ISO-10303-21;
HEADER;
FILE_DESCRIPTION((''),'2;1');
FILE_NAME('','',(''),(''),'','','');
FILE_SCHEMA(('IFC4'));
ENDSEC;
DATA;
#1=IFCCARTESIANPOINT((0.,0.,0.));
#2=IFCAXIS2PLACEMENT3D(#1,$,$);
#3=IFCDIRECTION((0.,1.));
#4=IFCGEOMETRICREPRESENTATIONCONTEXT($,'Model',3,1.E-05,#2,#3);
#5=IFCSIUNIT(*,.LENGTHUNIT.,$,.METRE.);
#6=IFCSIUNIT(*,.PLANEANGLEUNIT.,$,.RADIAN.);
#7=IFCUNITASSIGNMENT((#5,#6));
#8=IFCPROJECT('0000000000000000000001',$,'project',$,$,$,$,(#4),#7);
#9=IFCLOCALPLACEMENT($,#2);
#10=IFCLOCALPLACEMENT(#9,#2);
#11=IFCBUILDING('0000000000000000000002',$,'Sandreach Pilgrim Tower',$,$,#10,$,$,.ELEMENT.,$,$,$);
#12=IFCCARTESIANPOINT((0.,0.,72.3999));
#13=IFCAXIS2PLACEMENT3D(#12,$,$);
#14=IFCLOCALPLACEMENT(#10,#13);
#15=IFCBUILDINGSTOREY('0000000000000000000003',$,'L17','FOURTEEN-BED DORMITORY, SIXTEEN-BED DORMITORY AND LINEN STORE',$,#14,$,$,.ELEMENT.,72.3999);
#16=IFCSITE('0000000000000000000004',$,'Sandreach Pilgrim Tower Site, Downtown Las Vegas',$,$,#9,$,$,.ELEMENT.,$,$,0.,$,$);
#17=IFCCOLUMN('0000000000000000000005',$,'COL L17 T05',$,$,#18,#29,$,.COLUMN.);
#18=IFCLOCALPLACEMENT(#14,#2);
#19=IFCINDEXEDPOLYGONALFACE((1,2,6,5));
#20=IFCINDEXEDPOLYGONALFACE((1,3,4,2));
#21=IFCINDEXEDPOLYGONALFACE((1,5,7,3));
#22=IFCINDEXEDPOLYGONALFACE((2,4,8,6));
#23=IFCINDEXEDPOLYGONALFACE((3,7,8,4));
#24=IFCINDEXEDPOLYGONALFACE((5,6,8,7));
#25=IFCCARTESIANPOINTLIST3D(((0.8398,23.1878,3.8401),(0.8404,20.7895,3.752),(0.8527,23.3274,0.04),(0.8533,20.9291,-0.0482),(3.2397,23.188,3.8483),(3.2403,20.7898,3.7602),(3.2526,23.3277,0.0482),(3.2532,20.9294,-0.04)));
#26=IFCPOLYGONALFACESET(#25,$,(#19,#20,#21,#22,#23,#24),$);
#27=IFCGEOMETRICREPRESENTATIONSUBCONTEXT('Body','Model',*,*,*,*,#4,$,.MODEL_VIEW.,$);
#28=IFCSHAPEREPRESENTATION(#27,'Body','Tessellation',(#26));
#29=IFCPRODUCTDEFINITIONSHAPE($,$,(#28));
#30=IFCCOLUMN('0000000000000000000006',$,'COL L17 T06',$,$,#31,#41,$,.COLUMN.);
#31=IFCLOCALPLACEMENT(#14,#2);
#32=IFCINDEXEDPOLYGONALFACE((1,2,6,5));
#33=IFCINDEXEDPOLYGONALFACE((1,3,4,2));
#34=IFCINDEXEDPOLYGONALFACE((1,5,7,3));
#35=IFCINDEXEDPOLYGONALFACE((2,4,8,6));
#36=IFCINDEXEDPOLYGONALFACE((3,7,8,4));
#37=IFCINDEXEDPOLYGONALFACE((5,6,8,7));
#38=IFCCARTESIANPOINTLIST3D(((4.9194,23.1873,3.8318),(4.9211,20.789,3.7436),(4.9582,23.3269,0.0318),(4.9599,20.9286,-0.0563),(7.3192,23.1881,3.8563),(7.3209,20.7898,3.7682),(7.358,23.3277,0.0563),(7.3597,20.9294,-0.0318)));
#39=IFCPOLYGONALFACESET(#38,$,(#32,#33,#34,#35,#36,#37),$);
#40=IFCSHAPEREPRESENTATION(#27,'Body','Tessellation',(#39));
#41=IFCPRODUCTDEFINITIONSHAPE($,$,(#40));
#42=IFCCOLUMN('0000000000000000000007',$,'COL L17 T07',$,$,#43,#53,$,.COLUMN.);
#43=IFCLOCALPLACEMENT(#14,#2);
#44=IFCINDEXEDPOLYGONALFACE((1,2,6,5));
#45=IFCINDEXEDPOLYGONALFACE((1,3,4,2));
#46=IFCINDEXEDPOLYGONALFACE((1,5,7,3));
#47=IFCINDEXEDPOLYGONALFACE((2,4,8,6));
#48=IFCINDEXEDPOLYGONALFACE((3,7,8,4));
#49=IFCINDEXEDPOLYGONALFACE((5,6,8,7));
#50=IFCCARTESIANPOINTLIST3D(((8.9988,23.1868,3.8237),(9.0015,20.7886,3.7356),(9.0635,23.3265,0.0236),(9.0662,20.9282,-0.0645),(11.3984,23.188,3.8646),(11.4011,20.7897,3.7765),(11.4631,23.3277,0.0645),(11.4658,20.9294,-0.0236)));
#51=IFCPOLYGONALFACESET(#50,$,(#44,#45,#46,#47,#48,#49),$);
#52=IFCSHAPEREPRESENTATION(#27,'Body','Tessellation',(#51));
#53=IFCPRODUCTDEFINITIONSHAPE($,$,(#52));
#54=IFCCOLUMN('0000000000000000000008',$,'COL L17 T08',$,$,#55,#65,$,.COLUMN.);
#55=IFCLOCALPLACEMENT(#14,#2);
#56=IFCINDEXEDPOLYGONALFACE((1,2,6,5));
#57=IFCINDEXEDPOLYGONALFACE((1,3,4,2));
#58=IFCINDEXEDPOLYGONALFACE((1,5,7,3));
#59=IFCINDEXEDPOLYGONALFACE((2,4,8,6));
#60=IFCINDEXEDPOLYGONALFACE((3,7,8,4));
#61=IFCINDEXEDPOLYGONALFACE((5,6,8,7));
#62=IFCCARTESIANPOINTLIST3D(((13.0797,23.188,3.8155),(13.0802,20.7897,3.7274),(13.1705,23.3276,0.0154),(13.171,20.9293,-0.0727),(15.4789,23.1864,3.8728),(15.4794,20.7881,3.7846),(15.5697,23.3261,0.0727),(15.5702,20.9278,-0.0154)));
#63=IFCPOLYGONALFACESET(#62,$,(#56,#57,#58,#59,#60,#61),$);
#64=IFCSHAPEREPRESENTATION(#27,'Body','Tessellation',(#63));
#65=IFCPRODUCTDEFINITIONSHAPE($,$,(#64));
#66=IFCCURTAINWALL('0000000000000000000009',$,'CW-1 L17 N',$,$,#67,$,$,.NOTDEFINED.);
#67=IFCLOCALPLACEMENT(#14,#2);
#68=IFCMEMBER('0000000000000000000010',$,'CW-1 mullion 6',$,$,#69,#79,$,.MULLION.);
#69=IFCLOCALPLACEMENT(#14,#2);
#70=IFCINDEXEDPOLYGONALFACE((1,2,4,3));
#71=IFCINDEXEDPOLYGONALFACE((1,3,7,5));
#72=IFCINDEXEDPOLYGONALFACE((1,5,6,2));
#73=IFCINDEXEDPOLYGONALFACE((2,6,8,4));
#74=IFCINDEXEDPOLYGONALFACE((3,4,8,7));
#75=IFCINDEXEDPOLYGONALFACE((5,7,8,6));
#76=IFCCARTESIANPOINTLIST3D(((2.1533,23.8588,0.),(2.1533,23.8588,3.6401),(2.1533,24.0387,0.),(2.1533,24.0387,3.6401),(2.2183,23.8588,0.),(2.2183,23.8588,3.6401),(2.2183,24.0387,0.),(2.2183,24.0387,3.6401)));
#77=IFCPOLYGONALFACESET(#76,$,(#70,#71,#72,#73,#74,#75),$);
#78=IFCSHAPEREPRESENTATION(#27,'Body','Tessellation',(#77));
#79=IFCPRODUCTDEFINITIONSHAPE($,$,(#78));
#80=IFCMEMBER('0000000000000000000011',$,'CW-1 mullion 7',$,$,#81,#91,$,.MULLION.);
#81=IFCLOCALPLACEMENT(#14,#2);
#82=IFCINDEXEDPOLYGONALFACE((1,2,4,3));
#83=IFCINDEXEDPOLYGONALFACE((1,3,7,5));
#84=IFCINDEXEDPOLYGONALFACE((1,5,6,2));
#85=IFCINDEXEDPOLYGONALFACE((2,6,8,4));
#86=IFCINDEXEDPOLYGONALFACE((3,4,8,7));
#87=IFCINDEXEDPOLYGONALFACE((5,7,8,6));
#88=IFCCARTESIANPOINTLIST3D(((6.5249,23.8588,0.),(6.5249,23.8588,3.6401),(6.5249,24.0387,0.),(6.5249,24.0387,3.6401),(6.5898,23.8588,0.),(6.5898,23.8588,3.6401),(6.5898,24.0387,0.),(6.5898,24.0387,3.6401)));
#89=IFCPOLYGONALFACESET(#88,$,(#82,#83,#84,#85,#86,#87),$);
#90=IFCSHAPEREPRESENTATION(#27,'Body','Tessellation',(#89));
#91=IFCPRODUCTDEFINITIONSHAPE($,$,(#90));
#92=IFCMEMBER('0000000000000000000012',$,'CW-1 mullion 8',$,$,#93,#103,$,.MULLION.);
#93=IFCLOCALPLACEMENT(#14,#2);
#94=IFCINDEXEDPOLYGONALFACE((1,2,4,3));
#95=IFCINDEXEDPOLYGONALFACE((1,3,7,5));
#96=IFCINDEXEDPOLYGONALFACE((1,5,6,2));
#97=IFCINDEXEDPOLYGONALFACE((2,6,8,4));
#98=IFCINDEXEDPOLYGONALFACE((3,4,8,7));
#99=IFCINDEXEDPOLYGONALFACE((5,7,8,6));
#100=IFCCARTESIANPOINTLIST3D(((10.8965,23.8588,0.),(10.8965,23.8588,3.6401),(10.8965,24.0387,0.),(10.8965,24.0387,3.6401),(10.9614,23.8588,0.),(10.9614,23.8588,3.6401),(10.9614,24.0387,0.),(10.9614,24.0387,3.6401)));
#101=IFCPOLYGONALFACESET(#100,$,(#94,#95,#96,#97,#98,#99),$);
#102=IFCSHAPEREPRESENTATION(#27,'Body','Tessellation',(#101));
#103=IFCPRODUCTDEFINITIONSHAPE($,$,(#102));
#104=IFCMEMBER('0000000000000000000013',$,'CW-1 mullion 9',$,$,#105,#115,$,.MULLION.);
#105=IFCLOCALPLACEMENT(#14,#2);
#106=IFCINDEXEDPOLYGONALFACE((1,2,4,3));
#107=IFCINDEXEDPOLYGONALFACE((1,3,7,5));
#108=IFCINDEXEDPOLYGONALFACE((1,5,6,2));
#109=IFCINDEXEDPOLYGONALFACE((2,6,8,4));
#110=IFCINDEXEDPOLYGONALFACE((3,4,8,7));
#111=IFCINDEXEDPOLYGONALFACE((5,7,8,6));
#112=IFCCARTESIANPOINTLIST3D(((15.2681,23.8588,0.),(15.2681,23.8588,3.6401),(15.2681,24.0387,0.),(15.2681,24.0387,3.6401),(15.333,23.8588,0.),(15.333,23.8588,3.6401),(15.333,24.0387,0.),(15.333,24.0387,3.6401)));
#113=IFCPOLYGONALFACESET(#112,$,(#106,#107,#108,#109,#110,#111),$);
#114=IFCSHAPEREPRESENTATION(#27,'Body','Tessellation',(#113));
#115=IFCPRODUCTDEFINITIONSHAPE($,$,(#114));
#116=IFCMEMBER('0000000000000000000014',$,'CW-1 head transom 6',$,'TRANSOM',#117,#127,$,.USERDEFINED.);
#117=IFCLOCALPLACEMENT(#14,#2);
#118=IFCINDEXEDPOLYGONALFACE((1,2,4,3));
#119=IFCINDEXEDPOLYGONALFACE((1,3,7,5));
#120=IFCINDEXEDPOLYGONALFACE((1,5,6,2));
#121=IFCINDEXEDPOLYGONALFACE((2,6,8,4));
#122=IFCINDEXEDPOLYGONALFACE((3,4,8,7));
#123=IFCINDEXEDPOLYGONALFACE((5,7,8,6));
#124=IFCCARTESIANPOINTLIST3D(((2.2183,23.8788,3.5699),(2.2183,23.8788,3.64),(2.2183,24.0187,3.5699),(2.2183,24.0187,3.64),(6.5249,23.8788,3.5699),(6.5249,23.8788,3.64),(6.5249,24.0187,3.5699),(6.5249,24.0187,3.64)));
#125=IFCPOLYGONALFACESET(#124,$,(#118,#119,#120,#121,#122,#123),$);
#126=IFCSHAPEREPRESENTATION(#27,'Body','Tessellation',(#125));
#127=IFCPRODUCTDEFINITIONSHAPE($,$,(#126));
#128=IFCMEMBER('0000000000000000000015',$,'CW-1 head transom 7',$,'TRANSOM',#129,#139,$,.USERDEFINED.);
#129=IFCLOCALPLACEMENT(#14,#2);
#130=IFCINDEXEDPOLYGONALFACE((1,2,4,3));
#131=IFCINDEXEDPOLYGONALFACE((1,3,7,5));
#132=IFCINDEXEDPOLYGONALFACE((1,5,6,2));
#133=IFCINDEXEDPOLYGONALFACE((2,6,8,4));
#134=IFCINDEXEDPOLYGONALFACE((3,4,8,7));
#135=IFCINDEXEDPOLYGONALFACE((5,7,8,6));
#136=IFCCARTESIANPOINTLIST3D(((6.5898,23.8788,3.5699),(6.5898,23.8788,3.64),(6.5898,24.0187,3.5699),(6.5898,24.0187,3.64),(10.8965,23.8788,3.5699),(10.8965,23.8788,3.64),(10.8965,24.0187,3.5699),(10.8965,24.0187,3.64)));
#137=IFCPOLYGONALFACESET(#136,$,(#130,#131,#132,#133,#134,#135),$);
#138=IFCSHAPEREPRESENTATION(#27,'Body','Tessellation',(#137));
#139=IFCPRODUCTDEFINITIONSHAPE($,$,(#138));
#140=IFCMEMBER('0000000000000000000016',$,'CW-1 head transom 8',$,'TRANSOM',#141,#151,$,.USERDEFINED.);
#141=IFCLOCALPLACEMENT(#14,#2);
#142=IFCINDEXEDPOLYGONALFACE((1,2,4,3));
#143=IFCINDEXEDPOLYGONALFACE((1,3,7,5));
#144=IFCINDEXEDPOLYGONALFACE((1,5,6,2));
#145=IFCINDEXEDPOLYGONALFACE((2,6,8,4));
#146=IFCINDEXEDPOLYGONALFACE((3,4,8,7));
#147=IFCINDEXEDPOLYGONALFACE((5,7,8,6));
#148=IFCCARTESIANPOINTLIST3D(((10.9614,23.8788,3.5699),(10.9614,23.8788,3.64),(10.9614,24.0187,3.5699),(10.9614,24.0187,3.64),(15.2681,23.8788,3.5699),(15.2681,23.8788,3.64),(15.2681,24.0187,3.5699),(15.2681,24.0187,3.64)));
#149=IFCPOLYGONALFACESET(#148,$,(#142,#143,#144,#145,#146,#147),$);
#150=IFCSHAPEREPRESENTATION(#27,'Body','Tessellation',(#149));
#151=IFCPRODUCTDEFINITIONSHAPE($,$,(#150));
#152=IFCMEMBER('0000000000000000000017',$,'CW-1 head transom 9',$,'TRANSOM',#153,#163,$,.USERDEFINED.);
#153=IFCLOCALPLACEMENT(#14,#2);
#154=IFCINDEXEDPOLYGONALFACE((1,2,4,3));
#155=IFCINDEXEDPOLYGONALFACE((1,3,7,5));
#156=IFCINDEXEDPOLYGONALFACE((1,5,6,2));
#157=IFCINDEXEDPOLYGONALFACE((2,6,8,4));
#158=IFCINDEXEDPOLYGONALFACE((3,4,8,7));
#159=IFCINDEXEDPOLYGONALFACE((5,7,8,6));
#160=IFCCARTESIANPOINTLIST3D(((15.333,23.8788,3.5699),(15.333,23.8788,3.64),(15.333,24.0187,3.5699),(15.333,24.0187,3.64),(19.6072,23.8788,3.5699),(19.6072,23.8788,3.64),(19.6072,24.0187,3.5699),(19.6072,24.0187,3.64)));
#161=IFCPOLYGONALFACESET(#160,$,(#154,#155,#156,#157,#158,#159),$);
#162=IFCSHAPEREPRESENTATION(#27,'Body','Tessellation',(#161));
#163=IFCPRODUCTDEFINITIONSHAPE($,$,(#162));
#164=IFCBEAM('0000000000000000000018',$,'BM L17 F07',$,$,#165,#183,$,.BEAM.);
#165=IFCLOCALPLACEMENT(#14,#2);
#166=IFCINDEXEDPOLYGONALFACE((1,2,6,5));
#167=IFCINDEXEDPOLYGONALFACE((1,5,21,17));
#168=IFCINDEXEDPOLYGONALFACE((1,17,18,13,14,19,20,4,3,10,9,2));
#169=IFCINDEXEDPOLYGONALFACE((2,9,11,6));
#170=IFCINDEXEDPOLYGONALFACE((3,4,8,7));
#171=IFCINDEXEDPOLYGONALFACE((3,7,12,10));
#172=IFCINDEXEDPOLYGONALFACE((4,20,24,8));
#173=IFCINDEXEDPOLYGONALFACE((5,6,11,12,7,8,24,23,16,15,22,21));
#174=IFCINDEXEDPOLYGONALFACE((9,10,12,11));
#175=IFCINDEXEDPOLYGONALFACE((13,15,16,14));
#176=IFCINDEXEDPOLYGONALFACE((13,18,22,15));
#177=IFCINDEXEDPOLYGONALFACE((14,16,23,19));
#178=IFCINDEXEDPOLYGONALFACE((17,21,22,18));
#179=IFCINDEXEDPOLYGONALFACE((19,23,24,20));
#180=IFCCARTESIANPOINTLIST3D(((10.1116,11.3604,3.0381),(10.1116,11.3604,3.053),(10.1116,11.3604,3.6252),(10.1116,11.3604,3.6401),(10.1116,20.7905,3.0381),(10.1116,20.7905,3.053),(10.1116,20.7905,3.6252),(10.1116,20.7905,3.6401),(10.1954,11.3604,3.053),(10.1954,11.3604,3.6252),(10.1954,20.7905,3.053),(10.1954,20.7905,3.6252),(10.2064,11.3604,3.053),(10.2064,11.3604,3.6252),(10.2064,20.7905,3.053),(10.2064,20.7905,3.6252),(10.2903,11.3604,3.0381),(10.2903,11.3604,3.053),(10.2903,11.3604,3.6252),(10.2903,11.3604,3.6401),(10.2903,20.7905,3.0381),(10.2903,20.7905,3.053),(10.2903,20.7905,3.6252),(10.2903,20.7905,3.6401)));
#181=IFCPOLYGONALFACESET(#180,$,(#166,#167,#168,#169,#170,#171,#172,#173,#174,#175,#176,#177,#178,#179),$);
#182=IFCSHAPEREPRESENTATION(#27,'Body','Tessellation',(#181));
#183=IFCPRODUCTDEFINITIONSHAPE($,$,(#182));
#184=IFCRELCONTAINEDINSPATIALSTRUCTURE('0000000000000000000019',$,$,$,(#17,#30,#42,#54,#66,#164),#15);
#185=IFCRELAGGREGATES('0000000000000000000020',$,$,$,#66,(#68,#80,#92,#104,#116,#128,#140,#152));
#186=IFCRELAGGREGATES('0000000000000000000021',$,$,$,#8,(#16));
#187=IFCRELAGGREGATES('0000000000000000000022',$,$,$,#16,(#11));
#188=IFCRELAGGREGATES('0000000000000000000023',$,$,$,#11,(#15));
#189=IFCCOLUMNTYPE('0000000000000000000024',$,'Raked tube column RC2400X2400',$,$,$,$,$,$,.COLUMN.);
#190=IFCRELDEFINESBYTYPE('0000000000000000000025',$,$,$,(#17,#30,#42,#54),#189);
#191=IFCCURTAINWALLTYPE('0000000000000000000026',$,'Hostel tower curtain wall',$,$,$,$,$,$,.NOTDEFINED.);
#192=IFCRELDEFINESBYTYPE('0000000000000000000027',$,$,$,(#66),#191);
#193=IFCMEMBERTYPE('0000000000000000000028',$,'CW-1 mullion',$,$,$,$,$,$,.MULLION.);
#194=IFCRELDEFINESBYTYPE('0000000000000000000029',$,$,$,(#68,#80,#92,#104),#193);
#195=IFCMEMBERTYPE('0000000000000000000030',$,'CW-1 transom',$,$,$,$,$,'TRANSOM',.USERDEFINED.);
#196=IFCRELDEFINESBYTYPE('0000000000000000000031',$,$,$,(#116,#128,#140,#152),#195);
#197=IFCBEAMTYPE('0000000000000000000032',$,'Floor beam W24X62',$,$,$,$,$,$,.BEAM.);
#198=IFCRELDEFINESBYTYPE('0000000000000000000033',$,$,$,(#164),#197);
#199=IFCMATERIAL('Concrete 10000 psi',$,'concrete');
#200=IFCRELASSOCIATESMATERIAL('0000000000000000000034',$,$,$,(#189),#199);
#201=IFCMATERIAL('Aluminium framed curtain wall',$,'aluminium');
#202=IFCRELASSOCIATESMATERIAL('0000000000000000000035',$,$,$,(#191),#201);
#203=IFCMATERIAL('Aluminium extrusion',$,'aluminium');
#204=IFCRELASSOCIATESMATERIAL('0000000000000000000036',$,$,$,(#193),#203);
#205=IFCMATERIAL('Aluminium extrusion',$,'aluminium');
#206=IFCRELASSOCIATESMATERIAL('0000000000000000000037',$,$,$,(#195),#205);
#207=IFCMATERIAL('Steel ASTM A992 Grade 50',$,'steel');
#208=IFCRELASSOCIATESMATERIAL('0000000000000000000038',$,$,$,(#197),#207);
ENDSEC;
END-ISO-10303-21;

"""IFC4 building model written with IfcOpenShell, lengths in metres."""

from ifc_helpers import new_model, si_unit, direction, frame, origin, origin_2d, place, context, subcontext, project, spatial, rectangle, i_section, extrude, material, material_profile, profile_set, type_object, element, aggregate, save


model = new_model("IFC4")

# Units and contexts
model_context = context("Model", 3, precision=1e-05, world=origin(), true_north=direction((0.0, 1.0)))
body_context = subcontext(model_context, "Body", "Model", "MODEL_VIEW")
ifc_project = project(units=[si_unit("LENGTHUNIT", "METRE"), si_unit("PLANEANGLEUNIT", "RADIAN")], contexts=[model_context])

# Site, building, storey
site_placement = place(None, origin())
site = spatial("IfcSite", under=ifc_project, at=site_placement, Name="Sandreach Pilgrim Tower Site, Downtown Las Vegas", CompositionType="ELEMENT", RefElevation=0.0)
building_placement = place(site_placement, origin())
building = spatial("IfcBuilding", under=site, at=building_placement, Name="Sandreach Pilgrim Tower", CompositionType="ELEMENT")
storey_placement = place(building_placement, frame((0.0, 0.0, 72.3999)))
storey = spatial("IfcBuildingStorey", under=building, at=storey_placement, Name="L17", Description="FOURTEEN-BED DORMITORY, SIXTEEN-BED DORMITORY AND LINEN STORE", CompositionType="ELEMENT", Elevation=72.3999)

# Columns
ifc_material_1 = material(Name="Concrete 10000 psi", Category="concrete")
ifc_material_profile_1 = material_profile(ifc_material_1, rectangle(XDim=2.3999, YDim=2.3999, at=origin_2d()), Name="RC2400X2400")
ifc_profile_set_1 = profile_set([ifc_material_profile_1], Name="Concrete 10000 psi")
column_type = type_object("IfcColumnType", Name="Raked tube column RC2400X2400", PredefinedType="COLUMN", material=ifc_profile_set_1)
for number, where, z_axis, x_axis, name in (
    (1, (2.053, 22.1284, 0.0), (-0.003403, -0.036724, 0.99932), (-0.000242, 0.999325, 0.036724), "COL L17 T05"),
    (2, (6.1589, 22.1282, 0.0), (-0.010208, -0.036722, 0.999273), (-0.000705, 0.999325, 0.036717), "COL L17 T06"),
):
    element("IfcColumn", number, at=place(storey_placement, frame(where, z_axis=z_axis, x_axis=x_axis)), inside=storey, type_object=column_type, Name=name, PredefinedType="COLUMN", context=body_context, shape_type="SweptSolid", body=[
        extrude(rectangle(XDim=2.3999, YDim=2.3999, at=origin_2d()), origin(), (0.0, 0.0, 1.0), 3.8027),
    ])
column_1_placement = place(storey_placement, frame((10.2646, 22.1279, 0.0), z_axis=(-0.017011, -0.036719, 0.999181), x_axis=(-0.001112, 0.999326, 0.036705)))
element("IfcColumn", 3, at=column_1_placement, inside=storey, type_object=column_type, Name="COL L17 T07", PredefinedType="COLUMN", context=body_context, shape_type="SweptSolid", body=[
    extrude(rectangle(XDim=2.3999, YDim=2.3999, at=origin_2d()), origin(), (0.0, 0.0, 1.0), 3.8032),
])
column_2_placement = place(storey_placement, frame((14.3704, 22.1277, 0.0), z_axis=(-0.023877, -0.036714, 0.999041), x_axis=(-0.00023, 0.999326, 0.036719)))
element("IfcColumn", 4, at=column_2_placement, inside=storey, type_object=column_type, Name="COL L17 T08", PredefinedType="COLUMN", context=body_context, shape_type="SweptSolid", body=[
    extrude(rectangle(XDim=2.3999, YDim=2.3999, at=origin_2d()), origin(), (0.0, 0.0, 1.0), 3.8037),
])

# Curtain wall, members
ifc_material_2 = material(Name="Aluminium framed curtain wall", Category="aluminium")
curtain_wall_type = type_object("IfcCurtainWallType", Name="Hostel tower curtain wall", PredefinedType="NOTDEFINED", material=ifc_material_2)
curtain_wall_placement = place(storey_placement, origin())
curtain_wall = element("IfcCurtainWall", 5, at=curtain_wall_placement, inside=storey, type_object=curtain_wall_type, Name="CW-1 L17 N", PredefinedType="NOTDEFINED")
ifc_material_3 = material(Name="Aluminium extrusion", Category="aluminium")
ifc_material_profile_2 = material_profile(ifc_material_3, rectangle(XDim=0.0649, YDim=0.1799, at=origin_2d()), Name="CW-1M 65X180")
ifc_profile_set_2 = profile_set([ifc_material_profile_2], Name="Aluminium extrusion")
member_type_1 = type_object("IfcMemberType", Name="CW-1 mullion", PredefinedType="MULLION", material=ifc_profile_set_2)
member_1_placement = place(storey_placement, frame((2.1858, 23.9487, 0.0), z_axis=(0.0, 0.0, 1.0), x_axis=(1.0, 0.0, 0.0)))
member_1 = element("IfcMember", 6, at=member_1_placement, type_object=member_type_1, Name="CW-1 mullion 6", PredefinedType="MULLION", context=body_context, shape_type="SweptSolid", body=[
    extrude(rectangle(XDim=0.0649, YDim=0.1799, at=origin_2d()), origin(), (0.0, 0.0, 1.0), 3.6401),
])
member_2_placement = place(storey_placement, frame((6.5574, 23.9487, 0.0), z_axis=(0.0, 0.0, 1.0), x_axis=(1.0, 0.0, 0.0)))
member_2 = element("IfcMember", 7, at=member_2_placement, type_object=member_type_1, Name="CW-1 mullion 7", PredefinedType="MULLION", context=body_context, shape_type="SweptSolid", body=[
    extrude(rectangle(XDim=0.0649, YDim=0.1799, at=origin_2d()), origin(), (0.0, 0.0, 1.0), 3.6401),
])
member_3_placement = place(storey_placement, frame((10.929, 23.9487, 0.0), z_axis=(0.0, 0.0, 1.0), x_axis=(1.0, 0.0, 0.0)))
member_3 = element("IfcMember", 8, at=member_3_placement, type_object=member_type_1, Name="CW-1 mullion 8", PredefinedType="MULLION", context=body_context, shape_type="SweptSolid", body=[
    extrude(rectangle(XDim=0.0649, YDim=0.1799, at=origin_2d()), origin(), (0.0, 0.0, 1.0), 3.6401),
])
member_4_placement = place(storey_placement, frame((15.3005, 23.9487, 0.0), z_axis=(0.0, 0.0, 1.0), x_axis=(1.0, 0.0, 0.0)))
member_4 = element("IfcMember", 9, at=member_4_placement, type_object=member_type_1, Name="CW-1 mullion 9", PredefinedType="MULLION", context=body_context, shape_type="SweptSolid", body=[
    extrude(rectangle(XDim=0.0649, YDim=0.1799, at=origin_2d()), origin(), (0.0, 0.0, 1.0), 3.6401),
])
ifc_material_4 = material(Name="Aluminium extrusion", Category="aluminium")
ifc_material_profile_3 = material_profile(ifc_material_4, rectangle(XDim=0.1399, YDim=0.0701, at=origin_2d()), Name="CW-1T 140X70")
ifc_profile_set_3 = profile_set([ifc_material_profile_3], Name="Aluminium extrusion")
member_type_2 = type_object("IfcMemberType", Name="CW-1 transom", ElementType="TRANSOM", PredefinedType="USERDEFINED", material=ifc_profile_set_3)
member_5_placement = place(storey_placement, frame((2.2183, 23.9487, 3.605), z_axis=(1.0, 0.0, 0.0), x_axis=(0.0, 1.0, 0.0)))
member_5 = element("IfcMember", 10, at=member_5_placement, type_object=member_type_2, Name="CW-1 head transom 6", ObjectType="TRANSOM", PredefinedType="USERDEFINED", context=body_context, shape_type="SweptSolid", body=[
    extrude(rectangle(XDim=0.1399, YDim=0.0701, at=origin_2d()), origin(), (0.0, 0.0, 1.0), 4.3066),
])
member_6_placement = place(storey_placement, frame((6.5898, 23.9487, 3.605), z_axis=(1.0, 0.0, 0.0), x_axis=(0.0, 1.0, 0.0)))
member_6 = element("IfcMember", 11, at=member_6_placement, type_object=member_type_2, Name="CW-1 head transom 7", ObjectType="TRANSOM", PredefinedType="USERDEFINED", context=body_context, shape_type="SweptSolid", body=[
    extrude(rectangle(XDim=0.1399, YDim=0.0701, at=origin_2d()), origin(), (0.0, 0.0, 1.0), 4.3066),
])
member_7_placement = place(storey_placement, frame((10.9614, 23.9487, 3.605), z_axis=(1.0, 0.0, 0.0), x_axis=(0.0, 1.0, 0.0)))
member_7 = element("IfcMember", 12, at=member_7_placement, type_object=member_type_2, Name="CW-1 head transom 8", ObjectType="TRANSOM", PredefinedType="USERDEFINED", context=body_context, shape_type="SweptSolid", body=[
    extrude(rectangle(XDim=0.1399, YDim=0.0701, at=origin_2d()), origin(), (0.0, 0.0, 1.0), 4.3066),
])
member_8_placement = place(storey_placement, frame((15.333, 23.9487, 3.605), z_axis=(1.0, 0.0, 0.0), x_axis=(0.0, 1.0, 0.0)))
member_8 = element("IfcMember", 13, at=member_8_placement, type_object=member_type_2, Name="CW-1 head transom 9", ObjectType="TRANSOM", PredefinedType="USERDEFINED", context=body_context, shape_type="SweptSolid", body=[
    extrude(rectangle(XDim=0.1399, YDim=0.0701, at=origin_2d()), origin(), (0.0, 0.0, 1.0), 4.2742),
])

# Beam
ifc_material_5 = material(Name="Steel ASTM A992 Grade 50", Category="steel")
ifc_material_profile_4 = material_profile(ifc_material_5, i_section(OverallWidth=0.1787, OverallDepth=0.6021, WebThickness=0.011, FlangeThickness=0.0149, at=origin_2d()), Name="W24X62")
ifc_profile_set_4 = profile_set([ifc_material_profile_4], Name="Steel ASTM A992 Grade 50")
beam_type_1 = type_object("IfcBeamType", Name="Floor beam W24X62", PredefinedType="BEAM", material=ifc_profile_set_4)
beam_1_placement = place(storey_placement, frame((10.2009, 20.7905, 3.3391), z_axis=(0.0, -1.0, 0.0), x_axis=(1.0, 0.0, 0.0)))
element("IfcBeam", 14, at=beam_1_placement, inside=storey, type_object=beam_type_1, Name="BM L17 F07", PredefinedType="BEAM", context=body_context, shape_type="SweptSolid", body=[
    extrude(i_section(OverallWidth=0.1787, OverallDepth=0.6021, WebThickness=0.011, FlangeThickness=0.0149, at=origin_2d()), origin(), (0.0, 0.0, 1.0), 9.4302),
])

aggregate(curtain_wall, [member_1, member_2, member_3, member_4, member_5, member_6, member_7, member_8])

save(model, "model.ifc")
